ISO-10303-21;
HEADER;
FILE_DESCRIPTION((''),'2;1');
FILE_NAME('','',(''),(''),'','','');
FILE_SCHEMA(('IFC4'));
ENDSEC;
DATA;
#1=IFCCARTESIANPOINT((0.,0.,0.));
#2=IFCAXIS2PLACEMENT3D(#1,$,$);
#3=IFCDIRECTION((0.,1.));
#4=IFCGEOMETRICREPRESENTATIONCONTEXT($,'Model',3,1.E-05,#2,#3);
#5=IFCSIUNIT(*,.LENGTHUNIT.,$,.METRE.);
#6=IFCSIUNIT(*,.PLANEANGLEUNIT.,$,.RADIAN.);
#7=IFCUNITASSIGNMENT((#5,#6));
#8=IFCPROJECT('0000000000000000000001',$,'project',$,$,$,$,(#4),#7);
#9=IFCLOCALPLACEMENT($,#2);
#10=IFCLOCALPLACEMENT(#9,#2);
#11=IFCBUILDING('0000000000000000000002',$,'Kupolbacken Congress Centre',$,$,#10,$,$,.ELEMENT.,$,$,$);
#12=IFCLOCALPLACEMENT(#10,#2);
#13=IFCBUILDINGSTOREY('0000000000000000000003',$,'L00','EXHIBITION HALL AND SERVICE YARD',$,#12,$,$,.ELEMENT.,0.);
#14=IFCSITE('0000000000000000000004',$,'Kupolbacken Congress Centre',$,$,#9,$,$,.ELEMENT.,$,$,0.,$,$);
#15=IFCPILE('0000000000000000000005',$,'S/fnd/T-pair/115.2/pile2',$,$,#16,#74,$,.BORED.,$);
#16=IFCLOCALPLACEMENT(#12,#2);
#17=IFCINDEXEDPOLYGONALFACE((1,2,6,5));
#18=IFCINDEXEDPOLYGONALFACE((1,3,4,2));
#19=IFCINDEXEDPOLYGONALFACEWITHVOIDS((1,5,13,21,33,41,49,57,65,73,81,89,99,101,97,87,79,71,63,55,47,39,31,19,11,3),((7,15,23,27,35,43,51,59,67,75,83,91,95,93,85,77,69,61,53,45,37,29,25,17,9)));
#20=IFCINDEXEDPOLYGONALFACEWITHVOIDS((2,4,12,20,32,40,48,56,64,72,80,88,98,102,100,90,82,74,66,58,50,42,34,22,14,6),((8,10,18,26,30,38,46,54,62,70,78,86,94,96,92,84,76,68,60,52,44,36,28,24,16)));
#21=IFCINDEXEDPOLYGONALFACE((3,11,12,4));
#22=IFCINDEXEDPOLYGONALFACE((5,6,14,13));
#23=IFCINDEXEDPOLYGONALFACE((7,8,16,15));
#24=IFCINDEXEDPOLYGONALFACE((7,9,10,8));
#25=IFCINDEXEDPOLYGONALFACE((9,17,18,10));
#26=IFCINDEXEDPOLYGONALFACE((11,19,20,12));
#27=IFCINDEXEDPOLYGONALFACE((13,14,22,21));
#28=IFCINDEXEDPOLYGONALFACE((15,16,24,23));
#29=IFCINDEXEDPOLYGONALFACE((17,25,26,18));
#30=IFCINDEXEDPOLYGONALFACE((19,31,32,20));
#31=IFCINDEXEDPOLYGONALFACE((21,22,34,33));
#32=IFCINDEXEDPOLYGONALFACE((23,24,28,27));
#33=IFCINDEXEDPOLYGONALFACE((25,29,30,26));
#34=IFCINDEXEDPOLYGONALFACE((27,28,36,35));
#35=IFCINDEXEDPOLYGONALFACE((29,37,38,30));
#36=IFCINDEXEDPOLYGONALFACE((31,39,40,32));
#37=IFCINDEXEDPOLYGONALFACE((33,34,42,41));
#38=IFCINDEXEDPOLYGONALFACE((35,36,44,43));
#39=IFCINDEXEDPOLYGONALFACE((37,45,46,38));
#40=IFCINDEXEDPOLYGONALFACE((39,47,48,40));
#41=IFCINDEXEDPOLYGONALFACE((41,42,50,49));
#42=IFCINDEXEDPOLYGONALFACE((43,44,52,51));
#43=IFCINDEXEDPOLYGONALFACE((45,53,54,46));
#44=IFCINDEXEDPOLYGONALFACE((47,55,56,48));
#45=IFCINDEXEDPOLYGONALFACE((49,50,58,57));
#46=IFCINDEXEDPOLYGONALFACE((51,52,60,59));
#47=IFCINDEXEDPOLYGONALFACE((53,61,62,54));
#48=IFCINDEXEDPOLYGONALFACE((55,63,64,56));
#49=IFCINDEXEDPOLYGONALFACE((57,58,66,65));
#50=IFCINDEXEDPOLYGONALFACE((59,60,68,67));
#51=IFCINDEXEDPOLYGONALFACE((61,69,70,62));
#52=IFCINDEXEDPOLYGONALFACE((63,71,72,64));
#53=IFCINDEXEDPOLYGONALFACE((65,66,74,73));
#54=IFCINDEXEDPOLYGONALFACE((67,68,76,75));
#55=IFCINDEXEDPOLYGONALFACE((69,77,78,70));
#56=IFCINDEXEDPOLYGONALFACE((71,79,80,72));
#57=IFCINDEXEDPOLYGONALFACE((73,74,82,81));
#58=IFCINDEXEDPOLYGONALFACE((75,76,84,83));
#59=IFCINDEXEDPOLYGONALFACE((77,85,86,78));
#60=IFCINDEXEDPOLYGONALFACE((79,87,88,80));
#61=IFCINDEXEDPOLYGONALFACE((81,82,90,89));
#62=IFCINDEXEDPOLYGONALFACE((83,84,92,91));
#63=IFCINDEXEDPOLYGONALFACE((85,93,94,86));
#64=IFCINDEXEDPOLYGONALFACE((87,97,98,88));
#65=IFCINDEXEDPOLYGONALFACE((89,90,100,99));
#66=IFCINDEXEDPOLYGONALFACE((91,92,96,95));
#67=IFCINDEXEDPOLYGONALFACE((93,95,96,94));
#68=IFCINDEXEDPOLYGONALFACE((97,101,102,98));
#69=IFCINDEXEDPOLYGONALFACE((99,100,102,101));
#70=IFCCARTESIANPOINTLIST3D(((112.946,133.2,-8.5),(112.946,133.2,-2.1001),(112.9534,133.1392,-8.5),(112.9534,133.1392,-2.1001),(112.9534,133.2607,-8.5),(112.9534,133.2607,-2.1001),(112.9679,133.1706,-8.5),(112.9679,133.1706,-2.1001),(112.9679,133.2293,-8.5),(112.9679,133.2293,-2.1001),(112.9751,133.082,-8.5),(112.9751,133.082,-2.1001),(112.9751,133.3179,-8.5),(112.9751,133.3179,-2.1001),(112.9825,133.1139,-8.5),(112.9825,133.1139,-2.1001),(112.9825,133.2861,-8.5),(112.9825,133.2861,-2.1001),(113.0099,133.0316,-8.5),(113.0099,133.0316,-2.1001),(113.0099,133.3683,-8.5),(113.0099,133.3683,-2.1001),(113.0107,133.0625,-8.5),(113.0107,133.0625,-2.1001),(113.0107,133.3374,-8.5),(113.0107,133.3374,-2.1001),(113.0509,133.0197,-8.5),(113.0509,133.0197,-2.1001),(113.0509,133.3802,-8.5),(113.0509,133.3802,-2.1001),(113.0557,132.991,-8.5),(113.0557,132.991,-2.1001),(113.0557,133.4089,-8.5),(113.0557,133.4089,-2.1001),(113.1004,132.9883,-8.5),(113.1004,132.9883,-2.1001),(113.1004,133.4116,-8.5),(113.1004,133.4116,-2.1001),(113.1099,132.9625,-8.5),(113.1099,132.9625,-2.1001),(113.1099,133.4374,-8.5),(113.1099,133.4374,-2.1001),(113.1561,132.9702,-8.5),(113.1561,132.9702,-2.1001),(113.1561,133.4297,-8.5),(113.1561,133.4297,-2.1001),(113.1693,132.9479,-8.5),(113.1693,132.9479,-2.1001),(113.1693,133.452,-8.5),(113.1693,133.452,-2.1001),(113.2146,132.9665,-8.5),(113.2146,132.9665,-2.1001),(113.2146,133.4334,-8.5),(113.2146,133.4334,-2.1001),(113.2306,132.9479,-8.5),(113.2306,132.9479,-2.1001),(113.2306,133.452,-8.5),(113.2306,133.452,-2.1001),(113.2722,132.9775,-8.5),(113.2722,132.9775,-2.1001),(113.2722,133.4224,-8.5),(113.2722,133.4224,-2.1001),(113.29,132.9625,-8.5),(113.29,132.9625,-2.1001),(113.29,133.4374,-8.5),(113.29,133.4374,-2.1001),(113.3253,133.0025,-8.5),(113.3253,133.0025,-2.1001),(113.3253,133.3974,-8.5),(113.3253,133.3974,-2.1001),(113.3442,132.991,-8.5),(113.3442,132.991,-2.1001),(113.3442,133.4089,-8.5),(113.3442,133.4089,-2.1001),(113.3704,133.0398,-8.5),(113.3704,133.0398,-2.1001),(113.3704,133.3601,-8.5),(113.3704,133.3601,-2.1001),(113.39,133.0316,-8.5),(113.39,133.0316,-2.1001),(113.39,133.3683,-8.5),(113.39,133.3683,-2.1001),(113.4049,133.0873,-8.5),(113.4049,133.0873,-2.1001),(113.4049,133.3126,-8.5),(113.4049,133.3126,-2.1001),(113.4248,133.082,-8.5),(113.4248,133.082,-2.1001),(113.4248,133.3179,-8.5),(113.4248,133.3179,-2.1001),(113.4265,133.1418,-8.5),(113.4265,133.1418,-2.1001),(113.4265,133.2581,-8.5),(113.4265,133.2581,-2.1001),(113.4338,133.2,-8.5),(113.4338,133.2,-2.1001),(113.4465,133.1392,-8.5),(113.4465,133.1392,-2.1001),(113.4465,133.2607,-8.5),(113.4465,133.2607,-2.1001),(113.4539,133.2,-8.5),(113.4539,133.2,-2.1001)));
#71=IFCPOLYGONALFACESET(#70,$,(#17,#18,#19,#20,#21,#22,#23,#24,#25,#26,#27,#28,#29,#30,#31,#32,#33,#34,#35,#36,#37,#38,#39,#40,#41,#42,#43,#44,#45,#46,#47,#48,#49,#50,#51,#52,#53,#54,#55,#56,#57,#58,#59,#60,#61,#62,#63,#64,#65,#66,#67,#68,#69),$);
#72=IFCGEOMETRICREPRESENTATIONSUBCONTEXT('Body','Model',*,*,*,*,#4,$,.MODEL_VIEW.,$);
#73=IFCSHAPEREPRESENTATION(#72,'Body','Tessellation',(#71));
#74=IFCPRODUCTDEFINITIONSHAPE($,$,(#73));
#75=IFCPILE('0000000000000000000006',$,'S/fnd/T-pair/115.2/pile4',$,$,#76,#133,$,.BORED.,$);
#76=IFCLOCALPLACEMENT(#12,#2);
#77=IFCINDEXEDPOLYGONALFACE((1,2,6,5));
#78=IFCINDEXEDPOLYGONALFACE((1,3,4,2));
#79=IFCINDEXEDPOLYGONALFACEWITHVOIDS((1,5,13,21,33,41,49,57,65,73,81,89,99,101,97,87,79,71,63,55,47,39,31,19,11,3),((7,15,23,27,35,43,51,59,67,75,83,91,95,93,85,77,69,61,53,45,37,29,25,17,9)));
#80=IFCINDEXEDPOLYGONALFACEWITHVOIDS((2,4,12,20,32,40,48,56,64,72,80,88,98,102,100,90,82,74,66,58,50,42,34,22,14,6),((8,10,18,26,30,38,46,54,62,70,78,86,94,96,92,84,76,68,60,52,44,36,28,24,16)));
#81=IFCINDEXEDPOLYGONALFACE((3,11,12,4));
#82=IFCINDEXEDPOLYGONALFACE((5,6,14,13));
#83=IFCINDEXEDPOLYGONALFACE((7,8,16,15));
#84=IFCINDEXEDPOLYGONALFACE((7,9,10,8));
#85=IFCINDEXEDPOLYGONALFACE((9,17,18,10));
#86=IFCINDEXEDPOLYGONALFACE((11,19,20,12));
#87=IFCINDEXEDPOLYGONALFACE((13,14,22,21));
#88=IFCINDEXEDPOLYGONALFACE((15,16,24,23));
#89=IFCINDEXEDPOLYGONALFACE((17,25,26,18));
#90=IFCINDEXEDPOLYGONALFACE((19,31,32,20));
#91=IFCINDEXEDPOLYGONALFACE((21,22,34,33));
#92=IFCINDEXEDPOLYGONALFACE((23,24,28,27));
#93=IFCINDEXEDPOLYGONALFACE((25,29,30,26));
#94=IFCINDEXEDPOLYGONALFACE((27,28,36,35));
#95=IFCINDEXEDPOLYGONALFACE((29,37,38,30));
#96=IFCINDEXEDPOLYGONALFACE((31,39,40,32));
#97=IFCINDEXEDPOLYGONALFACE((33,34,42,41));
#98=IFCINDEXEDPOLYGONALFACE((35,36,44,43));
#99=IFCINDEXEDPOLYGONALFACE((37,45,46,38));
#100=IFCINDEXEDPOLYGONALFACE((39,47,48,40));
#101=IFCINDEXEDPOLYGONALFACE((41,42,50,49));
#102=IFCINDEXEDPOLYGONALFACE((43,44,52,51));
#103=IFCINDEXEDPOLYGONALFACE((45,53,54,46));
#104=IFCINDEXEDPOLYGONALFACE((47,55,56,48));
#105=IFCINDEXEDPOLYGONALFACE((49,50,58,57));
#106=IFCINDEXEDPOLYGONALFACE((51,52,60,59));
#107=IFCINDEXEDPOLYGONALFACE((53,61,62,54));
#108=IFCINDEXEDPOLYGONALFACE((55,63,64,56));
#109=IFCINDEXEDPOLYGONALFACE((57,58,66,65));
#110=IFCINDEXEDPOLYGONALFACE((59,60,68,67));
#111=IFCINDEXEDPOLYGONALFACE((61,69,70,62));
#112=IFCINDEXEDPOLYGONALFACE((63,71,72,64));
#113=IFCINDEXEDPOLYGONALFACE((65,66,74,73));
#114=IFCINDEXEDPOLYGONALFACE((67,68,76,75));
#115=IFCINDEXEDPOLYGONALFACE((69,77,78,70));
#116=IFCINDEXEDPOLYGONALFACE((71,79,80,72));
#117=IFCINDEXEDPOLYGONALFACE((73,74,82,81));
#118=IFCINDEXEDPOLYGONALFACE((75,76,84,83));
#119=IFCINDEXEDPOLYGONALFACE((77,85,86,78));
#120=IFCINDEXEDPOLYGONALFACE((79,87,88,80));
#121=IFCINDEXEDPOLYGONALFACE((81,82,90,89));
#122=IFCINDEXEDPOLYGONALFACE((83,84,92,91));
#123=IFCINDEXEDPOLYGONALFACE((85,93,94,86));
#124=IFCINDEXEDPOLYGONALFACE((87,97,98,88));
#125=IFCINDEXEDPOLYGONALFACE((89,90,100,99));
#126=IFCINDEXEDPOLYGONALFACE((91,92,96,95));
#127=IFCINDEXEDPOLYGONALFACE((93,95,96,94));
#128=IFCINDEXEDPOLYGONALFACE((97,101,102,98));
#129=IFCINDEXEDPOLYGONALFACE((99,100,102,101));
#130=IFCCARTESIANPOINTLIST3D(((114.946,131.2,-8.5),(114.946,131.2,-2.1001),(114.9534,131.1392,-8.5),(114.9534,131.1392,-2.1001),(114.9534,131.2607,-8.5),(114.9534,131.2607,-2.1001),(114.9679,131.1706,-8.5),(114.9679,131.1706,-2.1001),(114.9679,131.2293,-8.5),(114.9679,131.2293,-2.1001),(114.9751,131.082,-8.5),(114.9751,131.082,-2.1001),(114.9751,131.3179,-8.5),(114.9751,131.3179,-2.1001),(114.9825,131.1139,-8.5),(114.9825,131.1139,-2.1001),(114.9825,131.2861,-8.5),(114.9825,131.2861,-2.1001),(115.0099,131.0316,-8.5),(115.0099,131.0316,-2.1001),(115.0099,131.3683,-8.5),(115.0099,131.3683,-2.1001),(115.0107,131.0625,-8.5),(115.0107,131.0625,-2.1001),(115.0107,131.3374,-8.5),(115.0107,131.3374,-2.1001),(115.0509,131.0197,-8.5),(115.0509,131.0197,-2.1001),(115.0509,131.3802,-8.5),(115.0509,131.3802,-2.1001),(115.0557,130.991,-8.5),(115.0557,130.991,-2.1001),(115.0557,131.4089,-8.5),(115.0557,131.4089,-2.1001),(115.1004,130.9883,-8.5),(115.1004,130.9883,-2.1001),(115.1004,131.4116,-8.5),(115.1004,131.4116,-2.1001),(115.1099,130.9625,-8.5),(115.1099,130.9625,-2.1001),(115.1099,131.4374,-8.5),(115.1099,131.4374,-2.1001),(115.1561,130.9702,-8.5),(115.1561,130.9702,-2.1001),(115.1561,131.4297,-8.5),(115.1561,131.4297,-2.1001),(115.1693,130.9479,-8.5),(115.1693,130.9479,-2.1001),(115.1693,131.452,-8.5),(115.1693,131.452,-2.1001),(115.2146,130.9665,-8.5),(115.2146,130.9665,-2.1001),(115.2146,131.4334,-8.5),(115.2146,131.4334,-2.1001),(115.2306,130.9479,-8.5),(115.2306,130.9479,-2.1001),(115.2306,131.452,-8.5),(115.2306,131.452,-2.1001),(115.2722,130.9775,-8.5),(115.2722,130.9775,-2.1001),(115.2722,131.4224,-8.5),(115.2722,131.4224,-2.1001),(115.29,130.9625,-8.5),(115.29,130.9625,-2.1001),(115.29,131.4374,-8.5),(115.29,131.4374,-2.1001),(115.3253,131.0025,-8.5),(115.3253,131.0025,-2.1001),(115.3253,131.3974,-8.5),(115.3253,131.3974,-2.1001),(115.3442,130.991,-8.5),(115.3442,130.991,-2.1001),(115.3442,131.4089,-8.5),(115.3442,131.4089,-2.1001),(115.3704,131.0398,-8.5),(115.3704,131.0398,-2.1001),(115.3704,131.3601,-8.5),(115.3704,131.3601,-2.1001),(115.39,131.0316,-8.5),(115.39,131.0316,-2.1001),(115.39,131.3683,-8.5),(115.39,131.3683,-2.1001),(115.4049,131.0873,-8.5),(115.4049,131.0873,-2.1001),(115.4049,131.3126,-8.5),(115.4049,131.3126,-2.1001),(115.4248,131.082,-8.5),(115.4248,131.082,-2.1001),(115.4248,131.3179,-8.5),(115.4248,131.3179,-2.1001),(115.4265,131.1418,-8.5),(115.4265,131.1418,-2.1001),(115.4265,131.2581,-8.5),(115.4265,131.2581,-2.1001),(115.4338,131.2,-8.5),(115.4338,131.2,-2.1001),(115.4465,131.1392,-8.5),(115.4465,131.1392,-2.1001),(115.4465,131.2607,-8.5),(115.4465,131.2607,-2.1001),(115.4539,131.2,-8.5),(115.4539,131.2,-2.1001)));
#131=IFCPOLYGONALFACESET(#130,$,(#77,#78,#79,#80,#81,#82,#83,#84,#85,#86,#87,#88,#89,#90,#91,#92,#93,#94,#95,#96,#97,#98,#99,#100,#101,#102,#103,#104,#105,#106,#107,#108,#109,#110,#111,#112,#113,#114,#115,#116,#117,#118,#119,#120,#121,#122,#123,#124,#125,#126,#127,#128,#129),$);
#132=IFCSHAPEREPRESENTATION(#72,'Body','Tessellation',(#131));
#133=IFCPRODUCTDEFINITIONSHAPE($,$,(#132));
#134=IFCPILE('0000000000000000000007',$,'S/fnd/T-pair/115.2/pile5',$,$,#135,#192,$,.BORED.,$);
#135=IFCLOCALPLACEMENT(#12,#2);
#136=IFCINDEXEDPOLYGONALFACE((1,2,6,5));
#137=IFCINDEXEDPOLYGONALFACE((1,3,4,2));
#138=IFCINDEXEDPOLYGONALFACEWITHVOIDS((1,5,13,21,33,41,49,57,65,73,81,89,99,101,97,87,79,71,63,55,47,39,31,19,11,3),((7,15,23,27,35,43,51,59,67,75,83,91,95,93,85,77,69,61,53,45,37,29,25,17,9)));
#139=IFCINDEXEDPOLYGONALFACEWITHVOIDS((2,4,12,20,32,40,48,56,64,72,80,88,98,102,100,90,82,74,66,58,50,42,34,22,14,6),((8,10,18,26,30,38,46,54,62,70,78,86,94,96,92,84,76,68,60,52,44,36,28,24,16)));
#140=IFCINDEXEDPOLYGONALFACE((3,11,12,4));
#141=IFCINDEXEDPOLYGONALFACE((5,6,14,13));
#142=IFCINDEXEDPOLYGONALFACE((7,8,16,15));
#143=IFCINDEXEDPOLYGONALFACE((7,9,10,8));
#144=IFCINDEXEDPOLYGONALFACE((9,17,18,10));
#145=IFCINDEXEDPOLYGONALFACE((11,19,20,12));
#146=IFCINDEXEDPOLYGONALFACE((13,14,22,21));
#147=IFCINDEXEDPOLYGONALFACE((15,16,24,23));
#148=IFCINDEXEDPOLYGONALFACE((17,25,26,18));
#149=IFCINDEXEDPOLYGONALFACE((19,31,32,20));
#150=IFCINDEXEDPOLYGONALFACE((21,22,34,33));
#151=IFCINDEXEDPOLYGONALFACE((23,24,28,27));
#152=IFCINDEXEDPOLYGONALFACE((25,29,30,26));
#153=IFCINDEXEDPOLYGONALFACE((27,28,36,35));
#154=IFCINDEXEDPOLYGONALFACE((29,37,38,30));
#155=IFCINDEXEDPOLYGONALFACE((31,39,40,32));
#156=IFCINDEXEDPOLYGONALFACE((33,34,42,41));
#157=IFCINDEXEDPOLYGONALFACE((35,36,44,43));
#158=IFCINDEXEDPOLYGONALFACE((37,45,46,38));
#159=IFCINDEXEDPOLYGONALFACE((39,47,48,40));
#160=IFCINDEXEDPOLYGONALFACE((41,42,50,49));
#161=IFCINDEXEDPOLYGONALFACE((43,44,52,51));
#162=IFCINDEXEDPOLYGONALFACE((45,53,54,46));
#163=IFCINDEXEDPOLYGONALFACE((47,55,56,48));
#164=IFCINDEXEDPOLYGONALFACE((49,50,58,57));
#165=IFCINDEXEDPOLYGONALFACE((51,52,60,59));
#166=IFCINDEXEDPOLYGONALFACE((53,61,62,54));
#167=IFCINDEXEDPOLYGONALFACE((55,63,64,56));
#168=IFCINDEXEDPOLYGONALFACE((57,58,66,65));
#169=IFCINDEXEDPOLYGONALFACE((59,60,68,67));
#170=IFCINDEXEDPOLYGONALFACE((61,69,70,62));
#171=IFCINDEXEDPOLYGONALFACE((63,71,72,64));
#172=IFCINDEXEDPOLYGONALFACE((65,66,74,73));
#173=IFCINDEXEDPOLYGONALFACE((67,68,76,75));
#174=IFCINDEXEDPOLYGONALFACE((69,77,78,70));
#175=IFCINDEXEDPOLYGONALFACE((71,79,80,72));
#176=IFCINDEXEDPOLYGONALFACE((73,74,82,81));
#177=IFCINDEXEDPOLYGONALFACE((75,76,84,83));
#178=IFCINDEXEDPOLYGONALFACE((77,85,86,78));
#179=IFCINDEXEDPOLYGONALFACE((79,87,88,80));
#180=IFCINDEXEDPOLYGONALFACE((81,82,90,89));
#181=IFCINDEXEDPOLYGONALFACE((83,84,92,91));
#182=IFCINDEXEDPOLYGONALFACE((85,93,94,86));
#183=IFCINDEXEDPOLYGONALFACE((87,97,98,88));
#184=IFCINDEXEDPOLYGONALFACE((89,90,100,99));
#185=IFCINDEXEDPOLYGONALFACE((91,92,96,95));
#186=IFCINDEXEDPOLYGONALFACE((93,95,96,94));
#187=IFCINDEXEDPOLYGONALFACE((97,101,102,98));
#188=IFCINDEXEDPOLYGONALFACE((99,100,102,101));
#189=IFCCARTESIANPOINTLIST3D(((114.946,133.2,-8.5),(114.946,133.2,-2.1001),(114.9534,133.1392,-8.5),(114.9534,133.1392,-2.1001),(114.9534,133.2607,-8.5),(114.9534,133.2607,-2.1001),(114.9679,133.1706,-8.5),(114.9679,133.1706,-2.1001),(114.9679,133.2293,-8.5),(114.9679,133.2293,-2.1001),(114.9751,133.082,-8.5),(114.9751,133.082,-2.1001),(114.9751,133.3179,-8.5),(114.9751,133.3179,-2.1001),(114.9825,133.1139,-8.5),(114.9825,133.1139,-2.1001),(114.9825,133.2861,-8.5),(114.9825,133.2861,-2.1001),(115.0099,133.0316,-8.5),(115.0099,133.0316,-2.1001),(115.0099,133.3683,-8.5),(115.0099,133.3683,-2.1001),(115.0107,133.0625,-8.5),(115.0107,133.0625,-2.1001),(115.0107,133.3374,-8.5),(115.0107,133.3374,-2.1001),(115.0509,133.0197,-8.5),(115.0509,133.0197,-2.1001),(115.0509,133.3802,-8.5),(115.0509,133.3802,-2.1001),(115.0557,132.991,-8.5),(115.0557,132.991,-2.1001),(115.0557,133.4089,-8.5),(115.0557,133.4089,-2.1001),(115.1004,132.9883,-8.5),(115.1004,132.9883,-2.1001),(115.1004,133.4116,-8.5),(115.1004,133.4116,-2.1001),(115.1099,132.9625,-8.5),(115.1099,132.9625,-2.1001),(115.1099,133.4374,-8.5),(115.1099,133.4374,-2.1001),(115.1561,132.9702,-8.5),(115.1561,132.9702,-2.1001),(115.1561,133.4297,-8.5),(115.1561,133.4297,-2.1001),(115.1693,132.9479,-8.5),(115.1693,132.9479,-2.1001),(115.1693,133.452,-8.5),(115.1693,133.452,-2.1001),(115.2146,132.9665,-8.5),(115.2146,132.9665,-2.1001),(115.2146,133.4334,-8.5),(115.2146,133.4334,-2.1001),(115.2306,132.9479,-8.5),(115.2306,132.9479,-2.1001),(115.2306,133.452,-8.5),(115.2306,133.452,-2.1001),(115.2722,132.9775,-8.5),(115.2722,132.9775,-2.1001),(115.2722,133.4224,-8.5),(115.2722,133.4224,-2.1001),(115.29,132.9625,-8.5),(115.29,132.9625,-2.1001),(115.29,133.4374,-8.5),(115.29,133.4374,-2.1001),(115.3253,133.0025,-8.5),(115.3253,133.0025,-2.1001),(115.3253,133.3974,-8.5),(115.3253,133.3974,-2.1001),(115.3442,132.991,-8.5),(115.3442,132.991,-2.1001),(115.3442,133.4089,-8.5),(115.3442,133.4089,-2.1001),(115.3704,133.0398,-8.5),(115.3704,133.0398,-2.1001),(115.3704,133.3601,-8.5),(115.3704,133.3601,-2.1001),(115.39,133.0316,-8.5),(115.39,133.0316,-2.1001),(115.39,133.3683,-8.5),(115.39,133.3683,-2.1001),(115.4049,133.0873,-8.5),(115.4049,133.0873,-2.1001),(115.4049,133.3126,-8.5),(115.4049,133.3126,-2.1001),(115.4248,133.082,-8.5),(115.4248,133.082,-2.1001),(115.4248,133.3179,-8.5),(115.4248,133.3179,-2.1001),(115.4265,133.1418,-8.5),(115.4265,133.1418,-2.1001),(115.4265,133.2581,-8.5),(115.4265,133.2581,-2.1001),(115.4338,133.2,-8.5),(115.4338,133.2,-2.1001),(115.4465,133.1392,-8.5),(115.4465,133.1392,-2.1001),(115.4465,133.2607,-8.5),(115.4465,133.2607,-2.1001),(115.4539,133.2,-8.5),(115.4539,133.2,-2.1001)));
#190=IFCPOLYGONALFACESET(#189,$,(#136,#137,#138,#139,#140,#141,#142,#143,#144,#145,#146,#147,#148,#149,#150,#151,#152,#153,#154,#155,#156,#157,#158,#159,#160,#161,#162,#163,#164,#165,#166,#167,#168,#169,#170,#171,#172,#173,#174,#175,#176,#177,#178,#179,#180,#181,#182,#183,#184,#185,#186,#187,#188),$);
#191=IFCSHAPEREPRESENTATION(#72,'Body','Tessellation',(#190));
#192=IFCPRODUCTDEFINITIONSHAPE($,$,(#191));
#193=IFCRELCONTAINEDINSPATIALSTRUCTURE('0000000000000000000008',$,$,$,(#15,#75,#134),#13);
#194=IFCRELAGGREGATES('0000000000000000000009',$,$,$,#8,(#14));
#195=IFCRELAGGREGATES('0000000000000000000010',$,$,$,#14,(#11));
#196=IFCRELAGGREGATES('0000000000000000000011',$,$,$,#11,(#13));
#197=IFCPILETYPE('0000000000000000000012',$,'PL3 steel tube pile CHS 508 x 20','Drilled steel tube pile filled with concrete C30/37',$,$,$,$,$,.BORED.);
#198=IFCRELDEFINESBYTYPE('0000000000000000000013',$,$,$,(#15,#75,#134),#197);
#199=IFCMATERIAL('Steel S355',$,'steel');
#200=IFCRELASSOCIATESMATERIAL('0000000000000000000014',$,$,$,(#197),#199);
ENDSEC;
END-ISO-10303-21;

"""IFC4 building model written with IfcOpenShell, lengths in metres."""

from ifc_helpers import new_model, si_unit, direction, frame, origin, origin_2d, place, context, subcontext, project, spatial, hollow_circle, extrude, material, material_profile, profile_set, type_object, element, save


model = new_model("IFC4")

# Units and contexts
model_context = context("Model", 3, precision=1e-05, world=origin(), true_north=direction((0.0, 1.0)))
body_context = subcontext(model_context, "Body", "Model", "MODEL_VIEW")
ifc_project = project(units=[si_unit("LENGTHUNIT", "METRE"), si_unit("PLANEANGLEUNIT", "RADIAN")], contexts=[model_context])

# Site, building, storey
site_placement = place(None, origin())
site = spatial("IfcSite", under=ifc_project, at=site_placement, Name="Kupolbacken Congress Centre", CompositionType="ELEMENT", RefElevation=0.0)
building_placement = place(site_placement, origin())
building = spatial("IfcBuilding", under=site, at=building_placement, Name="Kupolbacken Congress Centre", CompositionType="ELEMENT")
storey_placement = place(building_placement, origin())
storey = spatial("IfcBuildingStorey", under=building, at=storey_placement, Name="L00", Description="EXHIBITION HALL AND SERVICE YARD", CompositionType="ELEMENT", Elevation=0.0)

# Piles
ifc_material_1 = material(Name="Steel S355", Category="steel")
ifc_material_profile_1 = material_profile(ifc_material_1, hollow_circle(Radius=0.2539, WallThickness=0.02, at=origin_2d()), Name="CHS 508 x 20")
ifc_profile_set_1 = profile_set([ifc_material_profile_1], Name="Steel S355")
pile_type_1 = type_object("IfcPileType", Name="PL3 steel tube pile CHS 508 x 20", Description="Drilled steel tube pile filled with concrete C30/37", PredefinedType="BORED", material=ifc_profile_set_1)
for number, where, z_axis, x_axis, name in (
    (1, (113.2, 133.2, -2.1001), (0.0, 0.0, -1.0), (1.0, 0.0, 0.0), "S/fnd/T-pair/115.2/pile2"),
    (2, (115.2, 131.2, -2.1001), (0.0, 0.0, -1.0), (1.0, 0.0, 0.0), "S/fnd/T-pair/115.2/pile4"),
    (3, (115.2, 133.2, -2.1001), (0.0, 0.0, -1.0), (1.0, 0.0, 0.0), "S/fnd/T-pair/115.2/pile5"),
):
    element("IfcPile", number, at=place(storey_placement, frame(where, z_axis=z_axis, x_axis=x_axis)), inside=storey, type_object=pile_type_1, Name=name, PredefinedType="BORED", context=body_context, shape_type="SweptSolid", body=[
        extrude(hollow_circle(Radius=0.2539, WallThickness=0.02, at=origin_2d()), origin(), (0.0, 0.0, 1.0), 6.3999),
    ])

save(model, "model.ifc")
